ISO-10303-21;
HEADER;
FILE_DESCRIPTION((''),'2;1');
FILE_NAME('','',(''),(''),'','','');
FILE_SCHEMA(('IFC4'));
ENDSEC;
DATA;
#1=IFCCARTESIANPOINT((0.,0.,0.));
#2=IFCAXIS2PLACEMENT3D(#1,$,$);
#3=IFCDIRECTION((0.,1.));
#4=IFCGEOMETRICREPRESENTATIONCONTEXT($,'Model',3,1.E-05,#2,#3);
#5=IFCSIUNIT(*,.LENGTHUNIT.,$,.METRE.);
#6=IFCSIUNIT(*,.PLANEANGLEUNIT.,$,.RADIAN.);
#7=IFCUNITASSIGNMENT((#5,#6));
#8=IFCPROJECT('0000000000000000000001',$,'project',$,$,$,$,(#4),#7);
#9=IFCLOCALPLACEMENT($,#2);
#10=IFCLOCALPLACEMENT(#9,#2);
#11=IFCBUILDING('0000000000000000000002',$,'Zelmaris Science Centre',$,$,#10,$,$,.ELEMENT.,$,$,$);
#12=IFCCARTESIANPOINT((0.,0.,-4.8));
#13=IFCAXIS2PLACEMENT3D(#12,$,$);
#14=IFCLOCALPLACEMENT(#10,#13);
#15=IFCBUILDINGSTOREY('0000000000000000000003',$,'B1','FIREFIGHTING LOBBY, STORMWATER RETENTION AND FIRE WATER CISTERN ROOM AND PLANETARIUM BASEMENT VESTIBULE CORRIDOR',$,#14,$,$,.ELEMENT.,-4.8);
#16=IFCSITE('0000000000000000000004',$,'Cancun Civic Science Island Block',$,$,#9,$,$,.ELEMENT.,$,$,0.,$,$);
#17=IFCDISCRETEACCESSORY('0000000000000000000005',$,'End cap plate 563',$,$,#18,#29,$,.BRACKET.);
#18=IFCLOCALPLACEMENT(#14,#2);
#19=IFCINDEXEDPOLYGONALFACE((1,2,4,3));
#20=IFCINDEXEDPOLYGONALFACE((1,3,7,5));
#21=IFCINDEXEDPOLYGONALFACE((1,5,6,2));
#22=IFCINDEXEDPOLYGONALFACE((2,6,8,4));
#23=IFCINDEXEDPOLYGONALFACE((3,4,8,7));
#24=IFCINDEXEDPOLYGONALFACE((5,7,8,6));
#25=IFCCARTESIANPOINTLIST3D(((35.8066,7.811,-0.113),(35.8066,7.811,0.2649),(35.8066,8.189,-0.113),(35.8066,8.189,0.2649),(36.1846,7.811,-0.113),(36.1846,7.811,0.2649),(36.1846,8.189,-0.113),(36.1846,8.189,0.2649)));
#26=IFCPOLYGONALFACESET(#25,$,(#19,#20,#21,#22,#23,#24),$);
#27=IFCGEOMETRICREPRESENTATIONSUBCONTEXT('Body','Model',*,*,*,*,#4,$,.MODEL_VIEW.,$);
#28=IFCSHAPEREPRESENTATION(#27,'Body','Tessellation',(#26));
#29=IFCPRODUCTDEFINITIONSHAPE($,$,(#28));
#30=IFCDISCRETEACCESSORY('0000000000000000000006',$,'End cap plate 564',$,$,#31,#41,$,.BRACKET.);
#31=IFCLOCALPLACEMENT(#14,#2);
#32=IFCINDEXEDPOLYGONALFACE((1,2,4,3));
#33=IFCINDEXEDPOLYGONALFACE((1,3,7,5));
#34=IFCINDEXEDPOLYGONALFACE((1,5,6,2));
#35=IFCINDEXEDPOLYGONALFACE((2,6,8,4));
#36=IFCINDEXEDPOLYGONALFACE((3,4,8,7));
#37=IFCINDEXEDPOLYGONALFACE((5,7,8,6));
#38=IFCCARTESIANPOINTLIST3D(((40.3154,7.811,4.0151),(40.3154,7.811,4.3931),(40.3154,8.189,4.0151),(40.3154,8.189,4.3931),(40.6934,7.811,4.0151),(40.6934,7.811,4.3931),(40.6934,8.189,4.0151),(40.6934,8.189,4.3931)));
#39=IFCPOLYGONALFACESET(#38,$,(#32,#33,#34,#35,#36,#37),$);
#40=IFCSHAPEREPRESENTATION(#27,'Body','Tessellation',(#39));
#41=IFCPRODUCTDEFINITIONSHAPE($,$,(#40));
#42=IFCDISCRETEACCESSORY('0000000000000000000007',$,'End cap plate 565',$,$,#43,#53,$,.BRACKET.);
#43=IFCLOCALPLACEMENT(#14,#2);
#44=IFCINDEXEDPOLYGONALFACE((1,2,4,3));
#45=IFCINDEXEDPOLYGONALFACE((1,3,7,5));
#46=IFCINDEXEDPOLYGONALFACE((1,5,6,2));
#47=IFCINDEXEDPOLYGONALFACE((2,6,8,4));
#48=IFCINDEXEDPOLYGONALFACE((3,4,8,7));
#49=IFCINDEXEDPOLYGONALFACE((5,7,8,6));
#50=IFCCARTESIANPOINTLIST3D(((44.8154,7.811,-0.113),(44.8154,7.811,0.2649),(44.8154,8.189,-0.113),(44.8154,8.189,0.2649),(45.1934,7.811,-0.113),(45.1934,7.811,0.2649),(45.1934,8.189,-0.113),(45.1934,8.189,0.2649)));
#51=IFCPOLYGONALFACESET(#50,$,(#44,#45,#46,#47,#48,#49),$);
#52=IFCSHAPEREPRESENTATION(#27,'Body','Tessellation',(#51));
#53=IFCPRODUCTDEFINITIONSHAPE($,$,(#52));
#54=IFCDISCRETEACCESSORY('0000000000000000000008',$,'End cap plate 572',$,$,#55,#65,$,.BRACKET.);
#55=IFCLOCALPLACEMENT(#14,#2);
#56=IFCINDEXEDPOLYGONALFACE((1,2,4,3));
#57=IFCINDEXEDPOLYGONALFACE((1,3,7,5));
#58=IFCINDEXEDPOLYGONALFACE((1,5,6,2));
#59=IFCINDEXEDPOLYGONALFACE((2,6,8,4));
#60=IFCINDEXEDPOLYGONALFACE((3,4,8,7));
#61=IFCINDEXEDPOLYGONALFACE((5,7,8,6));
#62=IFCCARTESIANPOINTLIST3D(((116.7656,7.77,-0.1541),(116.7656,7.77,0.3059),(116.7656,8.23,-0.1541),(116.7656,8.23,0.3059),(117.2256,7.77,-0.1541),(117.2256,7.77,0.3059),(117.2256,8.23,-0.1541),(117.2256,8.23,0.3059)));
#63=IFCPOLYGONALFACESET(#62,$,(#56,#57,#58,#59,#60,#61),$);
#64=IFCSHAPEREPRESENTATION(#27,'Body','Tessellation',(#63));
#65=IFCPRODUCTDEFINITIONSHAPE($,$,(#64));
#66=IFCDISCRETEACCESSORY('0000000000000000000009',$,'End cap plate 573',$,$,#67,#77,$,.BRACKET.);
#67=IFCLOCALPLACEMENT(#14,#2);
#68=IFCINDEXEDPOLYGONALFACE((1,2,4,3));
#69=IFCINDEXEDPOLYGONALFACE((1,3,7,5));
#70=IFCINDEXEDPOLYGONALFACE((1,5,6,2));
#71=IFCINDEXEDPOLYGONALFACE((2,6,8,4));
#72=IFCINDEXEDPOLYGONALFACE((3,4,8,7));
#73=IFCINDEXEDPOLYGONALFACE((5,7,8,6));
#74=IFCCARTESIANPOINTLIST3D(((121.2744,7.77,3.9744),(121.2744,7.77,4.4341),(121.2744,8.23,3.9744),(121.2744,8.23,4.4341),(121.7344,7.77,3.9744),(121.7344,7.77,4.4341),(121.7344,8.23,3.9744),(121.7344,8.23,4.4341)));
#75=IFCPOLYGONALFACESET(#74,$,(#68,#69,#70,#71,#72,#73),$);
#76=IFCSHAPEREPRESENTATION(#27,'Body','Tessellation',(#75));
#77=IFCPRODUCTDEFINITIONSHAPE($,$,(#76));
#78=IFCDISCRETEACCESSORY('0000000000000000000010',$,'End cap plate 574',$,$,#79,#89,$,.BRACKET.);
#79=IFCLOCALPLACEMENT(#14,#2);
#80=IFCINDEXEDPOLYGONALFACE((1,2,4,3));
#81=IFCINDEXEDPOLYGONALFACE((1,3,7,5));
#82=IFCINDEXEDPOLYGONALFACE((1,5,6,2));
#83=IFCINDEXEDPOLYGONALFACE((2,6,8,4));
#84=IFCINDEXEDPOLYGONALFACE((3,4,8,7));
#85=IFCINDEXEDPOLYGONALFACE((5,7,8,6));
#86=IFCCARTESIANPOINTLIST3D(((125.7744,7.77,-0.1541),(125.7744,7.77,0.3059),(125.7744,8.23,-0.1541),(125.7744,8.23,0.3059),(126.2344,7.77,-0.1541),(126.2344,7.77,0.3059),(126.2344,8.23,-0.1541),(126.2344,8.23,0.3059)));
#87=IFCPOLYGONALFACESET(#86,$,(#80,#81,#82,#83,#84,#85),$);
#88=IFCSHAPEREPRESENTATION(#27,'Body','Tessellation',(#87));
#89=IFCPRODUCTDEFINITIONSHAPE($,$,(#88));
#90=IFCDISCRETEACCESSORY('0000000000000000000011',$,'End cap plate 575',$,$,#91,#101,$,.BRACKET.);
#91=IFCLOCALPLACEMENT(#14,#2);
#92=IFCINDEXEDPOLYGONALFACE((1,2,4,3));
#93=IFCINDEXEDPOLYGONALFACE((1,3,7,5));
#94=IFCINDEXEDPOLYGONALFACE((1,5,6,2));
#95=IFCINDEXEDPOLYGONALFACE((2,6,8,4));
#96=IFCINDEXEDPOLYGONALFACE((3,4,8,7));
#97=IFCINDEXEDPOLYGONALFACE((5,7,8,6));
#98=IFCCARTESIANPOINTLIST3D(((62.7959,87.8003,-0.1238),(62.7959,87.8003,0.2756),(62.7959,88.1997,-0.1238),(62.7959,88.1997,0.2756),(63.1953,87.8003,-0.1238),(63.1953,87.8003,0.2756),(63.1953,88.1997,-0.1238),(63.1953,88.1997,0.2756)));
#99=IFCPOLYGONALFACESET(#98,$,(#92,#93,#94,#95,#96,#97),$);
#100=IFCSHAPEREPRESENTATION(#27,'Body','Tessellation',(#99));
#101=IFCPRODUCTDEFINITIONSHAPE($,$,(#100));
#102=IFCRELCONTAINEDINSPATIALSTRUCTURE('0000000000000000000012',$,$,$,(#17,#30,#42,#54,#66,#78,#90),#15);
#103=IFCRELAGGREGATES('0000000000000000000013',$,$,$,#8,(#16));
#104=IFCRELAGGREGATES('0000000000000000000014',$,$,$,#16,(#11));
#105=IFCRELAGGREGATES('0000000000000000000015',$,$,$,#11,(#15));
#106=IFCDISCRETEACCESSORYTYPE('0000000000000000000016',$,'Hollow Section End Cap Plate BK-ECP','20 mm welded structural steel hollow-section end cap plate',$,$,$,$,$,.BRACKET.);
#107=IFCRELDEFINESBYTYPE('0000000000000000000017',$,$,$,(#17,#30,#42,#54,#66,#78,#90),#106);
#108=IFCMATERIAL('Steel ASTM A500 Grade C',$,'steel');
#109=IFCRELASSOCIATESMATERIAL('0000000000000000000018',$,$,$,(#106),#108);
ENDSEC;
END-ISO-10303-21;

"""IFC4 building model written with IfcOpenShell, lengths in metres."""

from ifc_helpers import new_model, si_unit, direction, frame, origin, place, context, subcontext, project, spatial, polyline, outline, extrude, material, type_object, element, save


model = new_model("IFC4")

# Units and contexts
model_context = context("Model", 3, precision=1e-05, world=origin(), true_north=direction((0.0, 1.0)))
body_context = subcontext(model_context, "Body", "Model", "MODEL_VIEW")
ifc_project = project(units=[si_unit("LENGTHUNIT", "METRE"), si_unit("PLANEANGLEUNIT", "RADIAN")], contexts=[model_context])

# Site, building, storey
site_placement = place(None, origin())
site = spatial("IfcSite", under=ifc_project, at=site_placement, Name="Cancun Civic Science Island Block", CompositionType="ELEMENT", RefElevation=0.0)
building_placement = place(site_placement, origin())
building = spatial("IfcBuilding", under=site, at=building_placement, Name="Zelmaris Science Centre", CompositionType="ELEMENT")
storey_placement = place(building_placement, frame((0.0, 0.0, -4.8)))
storey = spatial("IfcBuildingStorey", under=building, at=storey_placement, Name="B1", Description="FIREFIGHTING LOBBY, STORMWATER RETENTION AND FIRE WATER CISTERN ROOM AND PLANETARIUM BASEMENT VESTIBULE CORRIDOR", CompositionType="ELEMENT", Elevation=-4.8)

# Discrete accessories
ifc_material_1 = material(Name="Steel ASTM A500 Grade C", Category="steel")
discrete_accessory_type = type_object("IfcDiscreteAccessoryType", Name="Hollow Section End Cap Plate BK-ECP", Description="20 mm welded structural steel hollow-section end cap plate", PredefinedType="BRACKET", material=ifc_material_1)
discrete_accessory_1_placement = place(storey_placement, frame((0.0, 0.0, -0.113)))
element("IfcDiscreteAccessory", 1, at=discrete_accessory_1_placement, inside=storey, type_object=discrete_accessory_type, Name="End cap plate 563", PredefinedType="BRACKET", context=body_context, shape_type="SweptSolid", body=[
    extrude(outline(polyline([(35.8066, 7.811), (36.1846, 7.811), (36.1846, 8.189), (35.8066, 8.189), (35.8066, 7.811)])), origin(), (0.0, 0.0, 1.0), 0.3779),
])
discrete_accessory_2_placement = place(storey_placement, frame((0.0, 0.0, 4.0151)))
element("IfcDiscreteAccessory", 2, at=discrete_accessory_2_placement, inside=storey, type_object=discrete_accessory_type, Name="End cap plate 564", PredefinedType="BRACKET", context=body_context, shape_type="SweptSolid", body=[
    extrude(outline(polyline([(40.3154, 7.811), (40.6934, 7.811), (40.6934, 8.189), (40.3154, 8.189), (40.3154, 7.811)])), origin(), (0.0, 0.0, 1.0), 0.3779),
])
discrete_accessory_3_placement = place(storey_placement, frame((0.0, 0.0, -0.113)))
element("IfcDiscreteAccessory", 3, at=discrete_accessory_3_placement, inside=storey, type_object=discrete_accessory_type, Name="End cap plate 565", PredefinedType="BRACKET", context=body_context, shape_type="SweptSolid", body=[
    extrude(outline(polyline([(44.8154, 7.811), (45.1934, 7.811), (45.1934, 8.189), (44.8154, 8.189), (44.8154, 7.811)])), origin(), (0.0, 0.0, 1.0), 0.3779),
])
discrete_accessory_4_placement = place(storey_placement, frame((0.0, 0.0, -0.1541)))
element("IfcDiscreteAccessory", 4, at=discrete_accessory_4_placement, inside=storey, type_object=discrete_accessory_type, Name="End cap plate 572", PredefinedType="BRACKET", context=body_context, shape_type="SweptSolid", body=[
    extrude(outline(polyline([(116.7656, 7.77), (117.2256, 7.77), (117.2256, 8.23), (116.7656, 8.23), (116.7656, 7.77)])), origin(), (0.0, 0.0, 1.0), 0.46),
])
discrete_accessory_5_placement = place(storey_placement, frame((0.0, 0.0, 3.9744)))
element("IfcDiscreteAccessory", 5, at=discrete_accessory_5_placement, inside=storey, type_object=discrete_accessory_type, Name="End cap plate 573", PredefinedType="BRACKET", context=body_context, shape_type="SweptSolid", body=[
    extrude(outline(polyline([(121.2744, 7.77), (121.7344, 7.77), (121.7344, 8.23), (121.2744, 8.23), (121.2744, 7.77)])), origin(), (0.0, 0.0, 1.0), 0.4597),
])
discrete_accessory_6_placement = place(storey_placement, frame((0.0, 0.0, -0.1541)))
element("IfcDiscreteAccessory", 6, at=discrete_accessory_6_placement, inside=storey, type_object=discrete_accessory_type, Name="End cap plate 574", PredefinedType="BRACKET", context=body_context, shape_type="SweptSolid", body=[
    extrude(outline(polyline([(125.7744, 7.77), (126.2344, 7.77), (126.2344, 8.23), (125.7744, 8.23), (125.7744, 7.77)])), origin(), (0.0, 0.0, 1.0), 0.46),
])
discrete_accessory_7_placement = place(storey_placement, frame((0.0, 0.0, -0.1238)))
element("IfcDiscreteAccessory", 7, at=discrete_accessory_7_placement, inside=storey, type_object=discrete_accessory_type, Name="End cap plate 575", PredefinedType="BRACKET", context=body_context, shape_type="SweptSolid", body=[
    extrude(outline(polyline([(62.7959, 87.8003), (63.1953, 87.8003), (63.1953, 88.1997), (62.7959, 88.1997), (62.7959, 87.8003)])), origin(), (0.0, 0.0, 1.0), 0.3994),
])

save(model, "model.ifc")
